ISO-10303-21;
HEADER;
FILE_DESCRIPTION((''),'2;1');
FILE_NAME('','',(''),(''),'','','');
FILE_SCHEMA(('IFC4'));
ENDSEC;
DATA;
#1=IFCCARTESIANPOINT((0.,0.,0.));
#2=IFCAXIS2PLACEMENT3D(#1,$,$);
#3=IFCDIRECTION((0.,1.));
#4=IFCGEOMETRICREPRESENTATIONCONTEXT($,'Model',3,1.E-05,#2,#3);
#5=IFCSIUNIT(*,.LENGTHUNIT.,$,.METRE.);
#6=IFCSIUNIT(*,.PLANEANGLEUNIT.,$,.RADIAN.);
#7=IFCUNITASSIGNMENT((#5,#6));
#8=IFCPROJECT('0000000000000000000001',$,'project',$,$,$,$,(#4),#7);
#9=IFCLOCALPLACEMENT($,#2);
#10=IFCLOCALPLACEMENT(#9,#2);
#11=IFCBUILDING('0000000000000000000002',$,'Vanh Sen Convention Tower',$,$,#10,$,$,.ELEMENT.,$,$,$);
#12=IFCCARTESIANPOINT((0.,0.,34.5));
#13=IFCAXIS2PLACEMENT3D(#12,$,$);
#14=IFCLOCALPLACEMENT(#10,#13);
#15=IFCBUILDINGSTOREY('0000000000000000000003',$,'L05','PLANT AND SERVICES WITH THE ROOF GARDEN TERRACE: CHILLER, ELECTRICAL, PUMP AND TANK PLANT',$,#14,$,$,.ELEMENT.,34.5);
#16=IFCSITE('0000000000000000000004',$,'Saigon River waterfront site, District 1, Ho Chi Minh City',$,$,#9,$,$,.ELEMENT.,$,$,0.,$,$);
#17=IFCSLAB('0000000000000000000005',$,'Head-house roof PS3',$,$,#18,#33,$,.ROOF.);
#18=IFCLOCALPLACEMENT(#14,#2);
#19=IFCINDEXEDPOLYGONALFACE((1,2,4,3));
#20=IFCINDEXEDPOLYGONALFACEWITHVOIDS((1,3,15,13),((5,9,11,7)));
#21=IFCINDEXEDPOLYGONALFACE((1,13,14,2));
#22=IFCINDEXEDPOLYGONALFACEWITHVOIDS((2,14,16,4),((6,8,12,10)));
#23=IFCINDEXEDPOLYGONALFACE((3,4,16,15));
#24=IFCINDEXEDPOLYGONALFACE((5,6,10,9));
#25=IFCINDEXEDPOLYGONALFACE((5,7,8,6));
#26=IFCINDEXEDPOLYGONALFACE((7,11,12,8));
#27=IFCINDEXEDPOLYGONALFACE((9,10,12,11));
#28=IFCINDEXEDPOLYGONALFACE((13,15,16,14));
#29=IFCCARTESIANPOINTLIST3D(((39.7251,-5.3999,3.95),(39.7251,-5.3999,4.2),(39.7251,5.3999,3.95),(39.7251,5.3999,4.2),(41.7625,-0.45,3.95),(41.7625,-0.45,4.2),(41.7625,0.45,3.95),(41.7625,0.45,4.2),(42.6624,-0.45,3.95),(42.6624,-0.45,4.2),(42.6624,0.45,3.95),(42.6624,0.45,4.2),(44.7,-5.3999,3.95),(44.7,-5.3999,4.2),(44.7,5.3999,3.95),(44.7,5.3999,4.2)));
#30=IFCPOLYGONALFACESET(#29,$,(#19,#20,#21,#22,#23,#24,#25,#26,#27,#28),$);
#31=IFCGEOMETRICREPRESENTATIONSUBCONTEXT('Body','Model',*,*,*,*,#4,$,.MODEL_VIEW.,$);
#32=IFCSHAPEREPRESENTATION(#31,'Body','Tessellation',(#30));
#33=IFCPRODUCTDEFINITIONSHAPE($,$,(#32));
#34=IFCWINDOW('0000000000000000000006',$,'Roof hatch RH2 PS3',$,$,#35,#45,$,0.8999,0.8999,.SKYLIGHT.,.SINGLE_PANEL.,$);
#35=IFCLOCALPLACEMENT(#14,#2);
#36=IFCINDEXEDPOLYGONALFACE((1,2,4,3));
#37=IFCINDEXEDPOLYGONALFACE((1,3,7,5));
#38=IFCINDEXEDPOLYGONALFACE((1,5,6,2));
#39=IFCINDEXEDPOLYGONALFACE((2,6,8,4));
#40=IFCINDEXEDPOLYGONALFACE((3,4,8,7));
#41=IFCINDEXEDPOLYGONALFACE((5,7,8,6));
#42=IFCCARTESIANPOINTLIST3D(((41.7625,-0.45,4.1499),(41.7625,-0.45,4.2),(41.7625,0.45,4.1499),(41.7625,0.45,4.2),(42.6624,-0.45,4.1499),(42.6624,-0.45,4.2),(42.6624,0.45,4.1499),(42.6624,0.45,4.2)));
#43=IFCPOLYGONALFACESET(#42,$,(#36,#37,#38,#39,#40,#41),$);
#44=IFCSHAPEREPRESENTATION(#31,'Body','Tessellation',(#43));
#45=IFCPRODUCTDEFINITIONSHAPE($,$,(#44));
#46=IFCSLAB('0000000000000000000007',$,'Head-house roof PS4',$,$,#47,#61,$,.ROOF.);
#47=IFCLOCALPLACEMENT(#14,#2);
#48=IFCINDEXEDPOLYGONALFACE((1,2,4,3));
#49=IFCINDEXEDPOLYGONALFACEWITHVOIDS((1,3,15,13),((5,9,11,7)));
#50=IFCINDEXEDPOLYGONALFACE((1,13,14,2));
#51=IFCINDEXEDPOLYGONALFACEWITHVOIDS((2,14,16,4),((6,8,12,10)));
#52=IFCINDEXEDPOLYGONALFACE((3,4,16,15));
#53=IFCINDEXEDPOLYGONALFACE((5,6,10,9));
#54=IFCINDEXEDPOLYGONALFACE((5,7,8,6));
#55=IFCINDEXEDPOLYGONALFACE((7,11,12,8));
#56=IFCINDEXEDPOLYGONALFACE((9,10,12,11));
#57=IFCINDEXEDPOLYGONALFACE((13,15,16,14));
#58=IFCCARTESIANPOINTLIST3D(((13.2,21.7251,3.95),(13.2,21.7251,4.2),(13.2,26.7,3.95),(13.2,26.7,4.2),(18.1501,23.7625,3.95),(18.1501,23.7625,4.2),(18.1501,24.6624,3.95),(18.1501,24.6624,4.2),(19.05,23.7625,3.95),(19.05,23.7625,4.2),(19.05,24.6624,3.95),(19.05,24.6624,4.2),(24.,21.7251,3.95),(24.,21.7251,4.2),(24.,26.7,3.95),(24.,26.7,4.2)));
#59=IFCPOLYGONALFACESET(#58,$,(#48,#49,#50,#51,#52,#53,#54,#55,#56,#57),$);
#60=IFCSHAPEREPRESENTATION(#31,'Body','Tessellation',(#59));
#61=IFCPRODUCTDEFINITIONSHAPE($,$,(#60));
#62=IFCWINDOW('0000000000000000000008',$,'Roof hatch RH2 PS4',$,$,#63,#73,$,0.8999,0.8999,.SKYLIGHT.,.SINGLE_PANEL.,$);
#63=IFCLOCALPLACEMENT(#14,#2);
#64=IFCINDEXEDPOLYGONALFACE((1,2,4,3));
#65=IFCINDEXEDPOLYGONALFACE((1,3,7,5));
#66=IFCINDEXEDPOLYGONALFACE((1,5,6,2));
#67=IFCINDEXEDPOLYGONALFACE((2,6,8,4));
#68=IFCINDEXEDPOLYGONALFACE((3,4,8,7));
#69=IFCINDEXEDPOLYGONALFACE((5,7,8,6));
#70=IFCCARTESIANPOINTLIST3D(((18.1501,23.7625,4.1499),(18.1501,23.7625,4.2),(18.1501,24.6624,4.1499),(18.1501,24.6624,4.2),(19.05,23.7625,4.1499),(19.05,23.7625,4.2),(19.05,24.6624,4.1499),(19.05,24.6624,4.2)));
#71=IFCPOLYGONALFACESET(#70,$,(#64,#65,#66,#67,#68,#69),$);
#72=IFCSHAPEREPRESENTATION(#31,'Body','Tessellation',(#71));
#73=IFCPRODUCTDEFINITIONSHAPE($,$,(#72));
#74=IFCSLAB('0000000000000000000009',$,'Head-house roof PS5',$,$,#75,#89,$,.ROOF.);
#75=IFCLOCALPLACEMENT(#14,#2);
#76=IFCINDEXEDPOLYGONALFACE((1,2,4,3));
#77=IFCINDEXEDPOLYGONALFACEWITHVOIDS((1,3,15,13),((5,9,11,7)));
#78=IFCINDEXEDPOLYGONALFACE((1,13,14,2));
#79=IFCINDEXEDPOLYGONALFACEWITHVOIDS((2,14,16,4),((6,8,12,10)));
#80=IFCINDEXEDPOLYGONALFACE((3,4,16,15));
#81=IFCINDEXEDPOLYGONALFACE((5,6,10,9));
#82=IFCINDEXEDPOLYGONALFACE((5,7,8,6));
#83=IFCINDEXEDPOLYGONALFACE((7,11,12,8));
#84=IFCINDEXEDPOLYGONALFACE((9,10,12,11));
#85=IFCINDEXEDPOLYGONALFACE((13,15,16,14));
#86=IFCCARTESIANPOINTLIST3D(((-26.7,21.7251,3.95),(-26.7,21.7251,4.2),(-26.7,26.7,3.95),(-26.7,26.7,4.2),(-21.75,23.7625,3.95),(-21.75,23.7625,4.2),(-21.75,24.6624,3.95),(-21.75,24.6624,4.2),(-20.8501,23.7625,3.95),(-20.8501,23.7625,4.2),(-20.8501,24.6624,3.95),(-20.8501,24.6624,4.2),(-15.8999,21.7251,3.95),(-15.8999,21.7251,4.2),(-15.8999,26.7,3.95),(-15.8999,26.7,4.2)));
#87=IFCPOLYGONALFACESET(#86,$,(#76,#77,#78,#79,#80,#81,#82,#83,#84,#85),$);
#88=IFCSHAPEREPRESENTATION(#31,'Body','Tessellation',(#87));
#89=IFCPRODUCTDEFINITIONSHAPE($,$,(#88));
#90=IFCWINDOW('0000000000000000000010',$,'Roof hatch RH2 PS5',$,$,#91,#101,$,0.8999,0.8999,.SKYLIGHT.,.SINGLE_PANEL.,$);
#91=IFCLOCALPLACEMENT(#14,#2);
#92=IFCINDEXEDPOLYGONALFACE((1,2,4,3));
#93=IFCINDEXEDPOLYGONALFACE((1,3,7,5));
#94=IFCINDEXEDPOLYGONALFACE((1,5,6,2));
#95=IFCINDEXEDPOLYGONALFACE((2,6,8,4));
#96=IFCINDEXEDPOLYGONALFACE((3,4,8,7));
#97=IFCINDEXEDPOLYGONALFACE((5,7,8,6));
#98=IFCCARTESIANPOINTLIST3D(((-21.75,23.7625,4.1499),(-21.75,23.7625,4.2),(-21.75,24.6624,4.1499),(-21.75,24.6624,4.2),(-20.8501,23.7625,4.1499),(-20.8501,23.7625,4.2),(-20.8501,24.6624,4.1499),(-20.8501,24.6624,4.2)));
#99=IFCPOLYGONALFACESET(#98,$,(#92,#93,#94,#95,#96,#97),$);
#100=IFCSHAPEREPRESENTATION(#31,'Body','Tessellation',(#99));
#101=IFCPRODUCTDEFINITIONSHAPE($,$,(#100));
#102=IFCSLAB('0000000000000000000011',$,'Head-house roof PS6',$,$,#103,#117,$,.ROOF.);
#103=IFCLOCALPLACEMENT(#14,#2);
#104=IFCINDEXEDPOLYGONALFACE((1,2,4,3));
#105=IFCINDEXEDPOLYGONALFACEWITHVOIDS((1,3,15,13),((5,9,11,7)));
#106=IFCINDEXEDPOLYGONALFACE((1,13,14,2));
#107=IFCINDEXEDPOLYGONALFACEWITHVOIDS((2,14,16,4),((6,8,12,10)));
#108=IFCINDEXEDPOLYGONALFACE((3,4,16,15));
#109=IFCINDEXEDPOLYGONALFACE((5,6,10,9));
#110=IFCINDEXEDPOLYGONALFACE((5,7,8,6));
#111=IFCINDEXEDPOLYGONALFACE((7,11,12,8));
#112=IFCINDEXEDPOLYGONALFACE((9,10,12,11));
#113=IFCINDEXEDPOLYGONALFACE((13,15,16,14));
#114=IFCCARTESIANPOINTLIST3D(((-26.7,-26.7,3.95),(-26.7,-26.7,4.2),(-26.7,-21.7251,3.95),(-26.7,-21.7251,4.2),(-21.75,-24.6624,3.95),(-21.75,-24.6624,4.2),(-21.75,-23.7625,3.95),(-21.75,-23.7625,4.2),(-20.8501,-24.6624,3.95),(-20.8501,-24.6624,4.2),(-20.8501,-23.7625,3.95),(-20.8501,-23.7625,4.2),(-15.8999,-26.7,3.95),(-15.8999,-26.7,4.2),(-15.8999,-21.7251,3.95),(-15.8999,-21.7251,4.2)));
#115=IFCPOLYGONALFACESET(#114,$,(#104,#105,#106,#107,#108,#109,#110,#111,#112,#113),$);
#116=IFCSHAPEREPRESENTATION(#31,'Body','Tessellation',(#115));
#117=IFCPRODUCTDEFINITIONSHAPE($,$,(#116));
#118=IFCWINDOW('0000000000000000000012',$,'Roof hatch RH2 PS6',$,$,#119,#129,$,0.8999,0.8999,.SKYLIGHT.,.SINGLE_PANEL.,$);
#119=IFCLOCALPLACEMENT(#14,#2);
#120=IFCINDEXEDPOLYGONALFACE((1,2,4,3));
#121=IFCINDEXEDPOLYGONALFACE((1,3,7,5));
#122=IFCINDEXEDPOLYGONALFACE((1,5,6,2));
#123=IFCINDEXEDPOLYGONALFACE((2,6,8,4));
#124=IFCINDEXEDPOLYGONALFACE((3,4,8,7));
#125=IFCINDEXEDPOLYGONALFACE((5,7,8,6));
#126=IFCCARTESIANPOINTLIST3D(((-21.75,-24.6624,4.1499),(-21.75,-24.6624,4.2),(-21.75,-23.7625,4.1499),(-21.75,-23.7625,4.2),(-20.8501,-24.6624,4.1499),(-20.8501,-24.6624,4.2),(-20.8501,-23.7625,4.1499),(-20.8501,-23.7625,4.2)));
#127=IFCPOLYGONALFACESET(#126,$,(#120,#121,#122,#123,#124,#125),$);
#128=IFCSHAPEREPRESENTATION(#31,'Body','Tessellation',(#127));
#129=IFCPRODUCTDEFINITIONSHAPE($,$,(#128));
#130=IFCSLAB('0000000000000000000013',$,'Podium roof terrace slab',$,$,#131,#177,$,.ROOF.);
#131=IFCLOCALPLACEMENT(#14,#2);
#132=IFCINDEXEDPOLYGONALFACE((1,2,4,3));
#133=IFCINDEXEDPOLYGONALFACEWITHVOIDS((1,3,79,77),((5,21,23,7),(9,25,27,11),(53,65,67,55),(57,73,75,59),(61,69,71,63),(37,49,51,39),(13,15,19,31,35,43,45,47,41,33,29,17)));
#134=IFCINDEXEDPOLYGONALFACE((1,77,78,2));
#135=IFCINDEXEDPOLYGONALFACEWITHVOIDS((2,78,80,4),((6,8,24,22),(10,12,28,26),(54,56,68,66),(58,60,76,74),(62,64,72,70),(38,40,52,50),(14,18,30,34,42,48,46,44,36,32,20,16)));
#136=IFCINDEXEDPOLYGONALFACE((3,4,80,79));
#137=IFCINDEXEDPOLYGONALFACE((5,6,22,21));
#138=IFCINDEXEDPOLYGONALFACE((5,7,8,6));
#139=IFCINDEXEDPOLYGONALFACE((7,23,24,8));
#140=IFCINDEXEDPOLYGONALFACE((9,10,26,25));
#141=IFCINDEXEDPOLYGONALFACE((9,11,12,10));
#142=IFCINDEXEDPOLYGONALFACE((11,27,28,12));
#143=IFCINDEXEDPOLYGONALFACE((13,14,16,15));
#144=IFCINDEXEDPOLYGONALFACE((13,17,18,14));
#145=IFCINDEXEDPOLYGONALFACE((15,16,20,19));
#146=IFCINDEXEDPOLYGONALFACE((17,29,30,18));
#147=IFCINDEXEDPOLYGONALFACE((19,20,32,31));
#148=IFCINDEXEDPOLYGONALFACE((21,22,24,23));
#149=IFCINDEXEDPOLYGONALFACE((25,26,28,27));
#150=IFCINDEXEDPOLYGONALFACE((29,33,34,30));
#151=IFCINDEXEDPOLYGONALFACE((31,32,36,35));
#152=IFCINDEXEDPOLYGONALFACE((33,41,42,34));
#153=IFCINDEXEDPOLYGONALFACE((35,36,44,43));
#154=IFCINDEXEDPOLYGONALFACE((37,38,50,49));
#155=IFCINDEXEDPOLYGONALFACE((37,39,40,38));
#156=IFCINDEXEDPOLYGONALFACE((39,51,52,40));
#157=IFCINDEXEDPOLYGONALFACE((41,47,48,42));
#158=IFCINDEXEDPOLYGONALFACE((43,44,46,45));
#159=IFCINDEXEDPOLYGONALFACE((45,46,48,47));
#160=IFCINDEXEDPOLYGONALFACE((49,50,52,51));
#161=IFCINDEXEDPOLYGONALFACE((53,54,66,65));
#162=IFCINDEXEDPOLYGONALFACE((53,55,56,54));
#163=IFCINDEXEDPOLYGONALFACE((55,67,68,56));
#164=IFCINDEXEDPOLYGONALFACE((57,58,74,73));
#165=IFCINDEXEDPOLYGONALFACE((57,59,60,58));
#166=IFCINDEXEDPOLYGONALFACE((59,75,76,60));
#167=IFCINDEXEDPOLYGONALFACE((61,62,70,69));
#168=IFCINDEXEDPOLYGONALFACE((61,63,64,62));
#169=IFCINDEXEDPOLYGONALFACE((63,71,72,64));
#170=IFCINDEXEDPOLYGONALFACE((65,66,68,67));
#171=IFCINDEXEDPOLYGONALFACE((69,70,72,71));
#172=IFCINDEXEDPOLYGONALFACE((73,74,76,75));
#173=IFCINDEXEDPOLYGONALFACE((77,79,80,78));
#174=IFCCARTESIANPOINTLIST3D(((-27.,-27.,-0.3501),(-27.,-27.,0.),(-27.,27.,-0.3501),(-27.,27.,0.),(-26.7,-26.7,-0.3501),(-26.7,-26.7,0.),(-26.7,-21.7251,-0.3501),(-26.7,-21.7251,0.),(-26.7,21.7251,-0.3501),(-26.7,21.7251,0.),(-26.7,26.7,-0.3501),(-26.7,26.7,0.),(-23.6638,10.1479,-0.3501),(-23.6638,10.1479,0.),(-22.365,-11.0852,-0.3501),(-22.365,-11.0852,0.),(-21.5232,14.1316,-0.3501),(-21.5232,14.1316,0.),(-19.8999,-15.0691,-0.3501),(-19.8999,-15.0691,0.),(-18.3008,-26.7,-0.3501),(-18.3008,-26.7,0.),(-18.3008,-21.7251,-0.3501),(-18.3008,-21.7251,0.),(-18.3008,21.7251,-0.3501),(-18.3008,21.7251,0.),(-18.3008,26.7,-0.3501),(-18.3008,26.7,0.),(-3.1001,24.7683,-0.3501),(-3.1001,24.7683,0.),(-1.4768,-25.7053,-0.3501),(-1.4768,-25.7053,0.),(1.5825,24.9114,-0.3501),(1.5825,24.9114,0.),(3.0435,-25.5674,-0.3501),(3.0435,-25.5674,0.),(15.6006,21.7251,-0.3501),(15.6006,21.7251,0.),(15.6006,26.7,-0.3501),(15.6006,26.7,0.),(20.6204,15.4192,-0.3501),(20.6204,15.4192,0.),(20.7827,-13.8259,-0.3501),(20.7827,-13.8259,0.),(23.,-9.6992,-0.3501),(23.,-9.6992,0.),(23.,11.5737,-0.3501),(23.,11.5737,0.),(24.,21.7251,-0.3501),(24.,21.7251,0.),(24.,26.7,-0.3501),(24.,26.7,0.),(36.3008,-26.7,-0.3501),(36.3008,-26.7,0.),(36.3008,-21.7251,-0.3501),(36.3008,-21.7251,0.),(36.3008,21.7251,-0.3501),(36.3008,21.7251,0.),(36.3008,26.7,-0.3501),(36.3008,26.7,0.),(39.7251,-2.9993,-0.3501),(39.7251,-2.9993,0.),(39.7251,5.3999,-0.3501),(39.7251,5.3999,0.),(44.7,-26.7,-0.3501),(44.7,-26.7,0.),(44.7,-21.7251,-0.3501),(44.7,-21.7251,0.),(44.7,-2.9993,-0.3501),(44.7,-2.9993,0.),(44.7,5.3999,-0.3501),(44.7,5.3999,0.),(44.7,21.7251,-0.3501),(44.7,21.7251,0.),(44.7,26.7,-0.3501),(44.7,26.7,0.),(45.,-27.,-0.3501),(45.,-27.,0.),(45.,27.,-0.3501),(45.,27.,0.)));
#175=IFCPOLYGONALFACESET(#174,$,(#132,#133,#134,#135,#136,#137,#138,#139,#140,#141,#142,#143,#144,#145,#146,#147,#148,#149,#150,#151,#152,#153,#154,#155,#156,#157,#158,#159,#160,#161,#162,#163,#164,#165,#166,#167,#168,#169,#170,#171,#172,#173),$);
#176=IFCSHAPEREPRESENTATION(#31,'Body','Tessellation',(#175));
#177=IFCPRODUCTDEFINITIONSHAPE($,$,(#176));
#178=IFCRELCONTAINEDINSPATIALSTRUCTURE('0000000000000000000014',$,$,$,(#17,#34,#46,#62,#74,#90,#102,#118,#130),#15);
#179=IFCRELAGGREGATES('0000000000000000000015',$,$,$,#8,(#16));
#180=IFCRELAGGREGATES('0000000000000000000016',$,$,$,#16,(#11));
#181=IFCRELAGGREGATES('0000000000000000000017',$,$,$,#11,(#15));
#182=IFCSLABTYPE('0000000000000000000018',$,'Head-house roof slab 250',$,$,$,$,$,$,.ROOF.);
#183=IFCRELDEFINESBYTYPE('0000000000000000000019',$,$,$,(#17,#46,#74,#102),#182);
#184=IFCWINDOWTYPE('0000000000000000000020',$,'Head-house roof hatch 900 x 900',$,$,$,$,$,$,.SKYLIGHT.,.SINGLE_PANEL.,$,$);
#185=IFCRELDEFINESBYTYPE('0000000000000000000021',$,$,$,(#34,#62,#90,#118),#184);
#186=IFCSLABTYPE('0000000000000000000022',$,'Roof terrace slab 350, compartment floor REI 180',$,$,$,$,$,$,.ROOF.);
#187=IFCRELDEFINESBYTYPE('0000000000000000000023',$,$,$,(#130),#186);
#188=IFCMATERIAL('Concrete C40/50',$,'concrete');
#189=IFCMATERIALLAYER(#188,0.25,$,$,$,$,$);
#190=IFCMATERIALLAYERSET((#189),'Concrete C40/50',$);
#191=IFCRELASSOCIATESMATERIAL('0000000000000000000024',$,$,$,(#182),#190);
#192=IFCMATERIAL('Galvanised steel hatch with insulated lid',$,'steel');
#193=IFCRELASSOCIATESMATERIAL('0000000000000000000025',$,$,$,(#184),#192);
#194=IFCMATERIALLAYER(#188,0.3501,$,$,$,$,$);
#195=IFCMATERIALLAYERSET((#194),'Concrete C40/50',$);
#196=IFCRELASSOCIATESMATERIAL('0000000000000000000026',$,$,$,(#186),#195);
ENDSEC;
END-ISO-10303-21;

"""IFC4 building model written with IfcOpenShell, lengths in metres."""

from ifc_helpers import new_model, si_unit, direction, frame, origin, origin_2d, place, context, subcontext, project, spatial, polyline, rectangle, outline, extrude, material, layer, layer_set, type_object, element, fill, save


model = new_model("IFC4")

# Units and contexts
model_context = context("Model", 3, precision=1e-05, world=origin(), true_north=direction((0.0, 1.0)))
body_context = subcontext(model_context, "Body", "Model", "MODEL_VIEW")
ifc_project = project(units=[si_unit("LENGTHUNIT", "METRE"), si_unit("PLANEANGLEUNIT", "RADIAN")], contexts=[model_context])

# Site, building, storey
site_placement = place(None, origin())
site = spatial("IfcSite", under=ifc_project, at=site_placement, Name="Saigon River waterfront site, District 1, Ho Chi Minh City", CompositionType="ELEMENT", RefElevation=0.0)
building_placement = place(site_placement, origin())
building = spatial("IfcBuilding", under=site, at=building_placement, Name="Vanh Sen Convention Tower", CompositionType="ELEMENT")
storey_placement = place(building_placement, frame((0.0, 0.0, 34.5)))
storey = spatial("IfcBuildingStorey", under=building, at=storey_placement, Name="L05", Description="PLANT AND SERVICES WITH THE ROOF GARDEN TERRACE: CHILLER, ELECTRICAL, PUMP AND TANK PLANT", CompositionType="ELEMENT", Elevation=34.5)

# Shared definitions
ifc_material_1 = material(Name="Concrete C40/50", Category="concrete")

# Slabs, openings, windows
ifc_layer_1 = layer(ifc_material_1, 0.25)
ifc_layer_set_1 = layer_set([ifc_layer_1], Name="Concrete C40/50")
slab_type_1 = type_object("IfcSlabType", Name="Head-house roof slab 250", PredefinedType="ROOF", material=ifc_layer_set_1)
ifc_material_2 = material(Name="Galvanised steel hatch with insulated lid", Category="steel")
window_type = type_object("IfcWindowType", Name="Head-house roof hatch 900 x 900", PartitioningType="SINGLE_PANEL", PredefinedType="SKYLIGHT", material=ifc_material_2)
slab_1_placement = place(storey_placement, frame((0.0, 0.0, 3.95)))
slab_1 = element("IfcSlab", 1, at=slab_1_placement, inside=storey, type_object=slab_type_1, Name="Head-house roof PS3", PredefinedType="ROOF", context=body_context, shape_type="SweptSolid", body=[
    extrude(outline(polyline([(44.7, -5.3999), (44.7, 5.3999), (39.7251, 5.3999), (39.7251, -5.3999), (44.7, -5.3999)])), origin(), (0.0, 0.0, 1.0), 0.25),
])
opening_1_placement = place(slab_1_placement, frame((42.2124, 0.0, -0.01)))
opening_1 = element("IfcOpeningElement", 2, at=opening_1_placement, cuts=slab_1, PredefinedType="OPENING", context=body_context, shape_type="SweptSolid", body=[
    extrude(rectangle(XDim=0.8999, YDim=0.8999, at=origin_2d()), origin(), (0.0, 0.0, 1.0), 0.27),
])
window_1_placement = place(opening_1_placement, frame((0.0, 0.0, 0.21)))
window_1 = element("IfcWindow", 3, at=window_1_placement, inside=storey, type_object=window_type, Name="Roof hatch RH2 PS3", OverallHeight=0.8999, OverallWidth=0.8999, PartitioningType="SINGLE_PANEL", PredefinedType="SKYLIGHT", context=body_context, shape_type="SweptSolid", body=[
    extrude(rectangle(XDim=0.8999, YDim=0.8999, at=origin_2d()), origin(), (0.0, 0.0, 1.0), 0.05),
])
fill(opening_1, window_1)
slab_2_placement = place(storey_placement, frame((0.0, 0.0, 3.95)))
slab_2 = element("IfcSlab", 4, at=slab_2_placement, inside=storey, type_object=slab_type_1, Name="Head-house roof PS4", PredefinedType="ROOF", context=body_context, shape_type="SweptSolid", body=[
    extrude(outline(polyline([(13.2, 21.7251), (24.0, 21.7251), (24.0, 26.7), (13.2, 26.7), (13.2, 21.7251)])), origin(), (0.0, 0.0, 1.0), 0.25),
])
opening_2_placement = place(slab_2_placement, frame((18.6001, 24.2124, -0.01)))
opening_2 = element("IfcOpeningElement", 5, at=opening_2_placement, cuts=slab_2, PredefinedType="OPENING", context=body_context, shape_type="SweptSolid", body=[
    extrude(rectangle(XDim=0.8999, YDim=0.8999, at=origin_2d()), origin(), (0.0, 0.0, 1.0), 0.27),
])
window_2_placement = place(opening_2_placement, frame((0.0, 0.0, 0.21)))
window_2 = element("IfcWindow", 6, at=window_2_placement, inside=storey, type_object=window_type, Name="Roof hatch RH2 PS4", OverallHeight=0.8999, OverallWidth=0.8999, PartitioningType="SINGLE_PANEL", PredefinedType="SKYLIGHT", context=body_context, shape_type="SweptSolid", body=[
    extrude(rectangle(XDim=0.8999, YDim=0.8999, at=origin_2d()), origin(), (0.0, 0.0, 1.0), 0.05),
])
fill(opening_2, window_2)
slab_3_placement = place(storey_placement, frame((0.0, 0.0, 3.95)))
slab_3 = element("IfcSlab", 7, at=slab_3_placement, inside=storey, type_object=slab_type_1, Name="Head-house roof PS5", PredefinedType="ROOF", context=body_context, shape_type="SweptSolid", body=[
    extrude(outline(polyline([(-15.8999, 26.7), (-26.7, 26.7), (-26.7, 21.7251), (-15.8999, 21.7251), (-15.8999, 26.7)])), origin(), (0.0, 0.0, 1.0), 0.25),
])
opening_3_placement = place(slab_3_placement, frame((-21.3, 24.2124, -0.01)))
opening_3 = element("IfcOpeningElement", 8, at=opening_3_placement, cuts=slab_3, PredefinedType="OPENING", context=body_context, shape_type="SweptSolid", body=[
    extrude(rectangle(XDim=0.8999, YDim=0.8999, at=origin_2d()), origin(), (0.0, 0.0, 1.0), 0.27),
])
window_3_placement = place(opening_3_placement, frame((0.0, 0.0, 0.21)))
window_3 = element("IfcWindow", 9, at=window_3_placement, inside=storey, type_object=window_type, Name="Roof hatch RH2 PS5", OverallHeight=0.8999, OverallWidth=0.8999, PartitioningType="SINGLE_PANEL", PredefinedType="SKYLIGHT", context=body_context, shape_type="SweptSolid", body=[
    extrude(rectangle(XDim=0.8999, YDim=0.8999, at=origin_2d()), origin(), (0.0, 0.0, 1.0), 0.05),
])
fill(opening_3, window_3)
slab_4_placement = place(storey_placement, frame((0.0, 0.0, 3.95)))
slab_4 = element("IfcSlab", 10, at=slab_4_placement, inside=storey, type_object=slab_type_1, Name="Head-house roof PS6", PredefinedType="ROOF", context=body_context, shape_type="SweptSolid", body=[
    extrude(outline(polyline([(-15.8999, -21.7251), (-26.7, -21.7251), (-26.7, -26.7), (-15.8999, -26.7), (-15.8999, -21.7251)])), origin(), (0.0, 0.0, 1.0), 0.25),
])
opening_4_placement = place(slab_4_placement, frame((-21.3, -24.2124, -0.01)))
opening_4 = element("IfcOpeningElement", 11, at=opening_4_placement, cuts=slab_4, PredefinedType="OPENING", context=body_context, shape_type="SweptSolid", body=[
    extrude(rectangle(XDim=0.8999, YDim=0.8999, at=origin_2d()), origin(), (0.0, 0.0, 1.0), 0.27),
])
window_4_placement = place(opening_4_placement, frame((0.0, 0.0, 0.21)))
window_4 = element("IfcWindow", 12, at=window_4_placement, inside=storey, type_object=window_type, Name="Roof hatch RH2 PS6", OverallHeight=0.8999, OverallWidth=0.8999, PartitioningType="SINGLE_PANEL", PredefinedType="SKYLIGHT", context=body_context, shape_type="SweptSolid", body=[
    extrude(rectangle(XDim=0.8999, YDim=0.8999, at=origin_2d()), origin(), (0.0, 0.0, 1.0), 0.05),
])
fill(opening_4, window_4)

# Slab
ifc_layer_2 = layer(ifc_material_1, 0.3501)
ifc_layer_set_2 = layer_set([ifc_layer_2], Name="Concrete C40/50")
slab_type_2 = type_object("IfcSlabType", Name="Roof terrace slab 350, compartment floor REI 180", PredefinedType="ROOF", material=ifc_layer_set_2)
slab_5_placement = place(storey_placement, frame((0.0, 0.0, -0.3501)))
element("IfcSlab", 13, at=slab_5_placement, inside=storey, type_object=slab_type_2, Name="Podium roof terrace slab", PredefinedType="ROOF", context=body_context, shape_type="SweptSolid", body=[
    extrude(outline(polyline([(45.0, 27.0), (-27.0, 27.0), (-27.0, -27.0), (45.0, -27.0), (45.0, 27.0)]), holes=[polyline([(-22.365, -11.0852), (-19.8999, -15.0691), (-1.4768, -25.7053), (3.0435, -25.5674), (20.7827, -13.8259), (23.0, -9.6992), (23.0, 11.5737), (20.6204, 15.4192), (1.5825, 24.9114), (-3.1001, 24.7683), (-21.5232, 14.1316), (-23.6638, 10.1479), (-22.365, -11.0852)]), polyline([(44.7, 26.7), (36.3008, 26.7), (36.3008, 21.7251), (44.7, 21.7251), (44.7, 26.7)]), polyline([(36.3008, -26.7), (44.7, -26.7), (44.7, -21.7251), (36.3008, -21.7251), (36.3008, -26.7)]), polyline([(39.7251, -2.9993), (44.7, -2.9993), (44.7, 5.3999), (39.7251, 5.3999), (39.7251, -2.9993)]), polyline([(15.6006, 26.7), (15.6006, 21.7251), (24.0, 21.7251), (24.0, 26.7), (15.6006, 26.7)]), polyline([(-26.7, 26.7), (-26.7, 21.7251), (-18.3008, 21.7251), (-18.3008, 26.7), (-26.7, 26.7)]), polyline([(-26.7, -21.7251), (-26.7, -26.7), (-18.3008, -26.7), (-18.3008, -21.7251), (-26.7, -21.7251)])]), origin(), (0.0, 0.0, 1.0), 0.3501),
])

save(model, "model.ifc")
